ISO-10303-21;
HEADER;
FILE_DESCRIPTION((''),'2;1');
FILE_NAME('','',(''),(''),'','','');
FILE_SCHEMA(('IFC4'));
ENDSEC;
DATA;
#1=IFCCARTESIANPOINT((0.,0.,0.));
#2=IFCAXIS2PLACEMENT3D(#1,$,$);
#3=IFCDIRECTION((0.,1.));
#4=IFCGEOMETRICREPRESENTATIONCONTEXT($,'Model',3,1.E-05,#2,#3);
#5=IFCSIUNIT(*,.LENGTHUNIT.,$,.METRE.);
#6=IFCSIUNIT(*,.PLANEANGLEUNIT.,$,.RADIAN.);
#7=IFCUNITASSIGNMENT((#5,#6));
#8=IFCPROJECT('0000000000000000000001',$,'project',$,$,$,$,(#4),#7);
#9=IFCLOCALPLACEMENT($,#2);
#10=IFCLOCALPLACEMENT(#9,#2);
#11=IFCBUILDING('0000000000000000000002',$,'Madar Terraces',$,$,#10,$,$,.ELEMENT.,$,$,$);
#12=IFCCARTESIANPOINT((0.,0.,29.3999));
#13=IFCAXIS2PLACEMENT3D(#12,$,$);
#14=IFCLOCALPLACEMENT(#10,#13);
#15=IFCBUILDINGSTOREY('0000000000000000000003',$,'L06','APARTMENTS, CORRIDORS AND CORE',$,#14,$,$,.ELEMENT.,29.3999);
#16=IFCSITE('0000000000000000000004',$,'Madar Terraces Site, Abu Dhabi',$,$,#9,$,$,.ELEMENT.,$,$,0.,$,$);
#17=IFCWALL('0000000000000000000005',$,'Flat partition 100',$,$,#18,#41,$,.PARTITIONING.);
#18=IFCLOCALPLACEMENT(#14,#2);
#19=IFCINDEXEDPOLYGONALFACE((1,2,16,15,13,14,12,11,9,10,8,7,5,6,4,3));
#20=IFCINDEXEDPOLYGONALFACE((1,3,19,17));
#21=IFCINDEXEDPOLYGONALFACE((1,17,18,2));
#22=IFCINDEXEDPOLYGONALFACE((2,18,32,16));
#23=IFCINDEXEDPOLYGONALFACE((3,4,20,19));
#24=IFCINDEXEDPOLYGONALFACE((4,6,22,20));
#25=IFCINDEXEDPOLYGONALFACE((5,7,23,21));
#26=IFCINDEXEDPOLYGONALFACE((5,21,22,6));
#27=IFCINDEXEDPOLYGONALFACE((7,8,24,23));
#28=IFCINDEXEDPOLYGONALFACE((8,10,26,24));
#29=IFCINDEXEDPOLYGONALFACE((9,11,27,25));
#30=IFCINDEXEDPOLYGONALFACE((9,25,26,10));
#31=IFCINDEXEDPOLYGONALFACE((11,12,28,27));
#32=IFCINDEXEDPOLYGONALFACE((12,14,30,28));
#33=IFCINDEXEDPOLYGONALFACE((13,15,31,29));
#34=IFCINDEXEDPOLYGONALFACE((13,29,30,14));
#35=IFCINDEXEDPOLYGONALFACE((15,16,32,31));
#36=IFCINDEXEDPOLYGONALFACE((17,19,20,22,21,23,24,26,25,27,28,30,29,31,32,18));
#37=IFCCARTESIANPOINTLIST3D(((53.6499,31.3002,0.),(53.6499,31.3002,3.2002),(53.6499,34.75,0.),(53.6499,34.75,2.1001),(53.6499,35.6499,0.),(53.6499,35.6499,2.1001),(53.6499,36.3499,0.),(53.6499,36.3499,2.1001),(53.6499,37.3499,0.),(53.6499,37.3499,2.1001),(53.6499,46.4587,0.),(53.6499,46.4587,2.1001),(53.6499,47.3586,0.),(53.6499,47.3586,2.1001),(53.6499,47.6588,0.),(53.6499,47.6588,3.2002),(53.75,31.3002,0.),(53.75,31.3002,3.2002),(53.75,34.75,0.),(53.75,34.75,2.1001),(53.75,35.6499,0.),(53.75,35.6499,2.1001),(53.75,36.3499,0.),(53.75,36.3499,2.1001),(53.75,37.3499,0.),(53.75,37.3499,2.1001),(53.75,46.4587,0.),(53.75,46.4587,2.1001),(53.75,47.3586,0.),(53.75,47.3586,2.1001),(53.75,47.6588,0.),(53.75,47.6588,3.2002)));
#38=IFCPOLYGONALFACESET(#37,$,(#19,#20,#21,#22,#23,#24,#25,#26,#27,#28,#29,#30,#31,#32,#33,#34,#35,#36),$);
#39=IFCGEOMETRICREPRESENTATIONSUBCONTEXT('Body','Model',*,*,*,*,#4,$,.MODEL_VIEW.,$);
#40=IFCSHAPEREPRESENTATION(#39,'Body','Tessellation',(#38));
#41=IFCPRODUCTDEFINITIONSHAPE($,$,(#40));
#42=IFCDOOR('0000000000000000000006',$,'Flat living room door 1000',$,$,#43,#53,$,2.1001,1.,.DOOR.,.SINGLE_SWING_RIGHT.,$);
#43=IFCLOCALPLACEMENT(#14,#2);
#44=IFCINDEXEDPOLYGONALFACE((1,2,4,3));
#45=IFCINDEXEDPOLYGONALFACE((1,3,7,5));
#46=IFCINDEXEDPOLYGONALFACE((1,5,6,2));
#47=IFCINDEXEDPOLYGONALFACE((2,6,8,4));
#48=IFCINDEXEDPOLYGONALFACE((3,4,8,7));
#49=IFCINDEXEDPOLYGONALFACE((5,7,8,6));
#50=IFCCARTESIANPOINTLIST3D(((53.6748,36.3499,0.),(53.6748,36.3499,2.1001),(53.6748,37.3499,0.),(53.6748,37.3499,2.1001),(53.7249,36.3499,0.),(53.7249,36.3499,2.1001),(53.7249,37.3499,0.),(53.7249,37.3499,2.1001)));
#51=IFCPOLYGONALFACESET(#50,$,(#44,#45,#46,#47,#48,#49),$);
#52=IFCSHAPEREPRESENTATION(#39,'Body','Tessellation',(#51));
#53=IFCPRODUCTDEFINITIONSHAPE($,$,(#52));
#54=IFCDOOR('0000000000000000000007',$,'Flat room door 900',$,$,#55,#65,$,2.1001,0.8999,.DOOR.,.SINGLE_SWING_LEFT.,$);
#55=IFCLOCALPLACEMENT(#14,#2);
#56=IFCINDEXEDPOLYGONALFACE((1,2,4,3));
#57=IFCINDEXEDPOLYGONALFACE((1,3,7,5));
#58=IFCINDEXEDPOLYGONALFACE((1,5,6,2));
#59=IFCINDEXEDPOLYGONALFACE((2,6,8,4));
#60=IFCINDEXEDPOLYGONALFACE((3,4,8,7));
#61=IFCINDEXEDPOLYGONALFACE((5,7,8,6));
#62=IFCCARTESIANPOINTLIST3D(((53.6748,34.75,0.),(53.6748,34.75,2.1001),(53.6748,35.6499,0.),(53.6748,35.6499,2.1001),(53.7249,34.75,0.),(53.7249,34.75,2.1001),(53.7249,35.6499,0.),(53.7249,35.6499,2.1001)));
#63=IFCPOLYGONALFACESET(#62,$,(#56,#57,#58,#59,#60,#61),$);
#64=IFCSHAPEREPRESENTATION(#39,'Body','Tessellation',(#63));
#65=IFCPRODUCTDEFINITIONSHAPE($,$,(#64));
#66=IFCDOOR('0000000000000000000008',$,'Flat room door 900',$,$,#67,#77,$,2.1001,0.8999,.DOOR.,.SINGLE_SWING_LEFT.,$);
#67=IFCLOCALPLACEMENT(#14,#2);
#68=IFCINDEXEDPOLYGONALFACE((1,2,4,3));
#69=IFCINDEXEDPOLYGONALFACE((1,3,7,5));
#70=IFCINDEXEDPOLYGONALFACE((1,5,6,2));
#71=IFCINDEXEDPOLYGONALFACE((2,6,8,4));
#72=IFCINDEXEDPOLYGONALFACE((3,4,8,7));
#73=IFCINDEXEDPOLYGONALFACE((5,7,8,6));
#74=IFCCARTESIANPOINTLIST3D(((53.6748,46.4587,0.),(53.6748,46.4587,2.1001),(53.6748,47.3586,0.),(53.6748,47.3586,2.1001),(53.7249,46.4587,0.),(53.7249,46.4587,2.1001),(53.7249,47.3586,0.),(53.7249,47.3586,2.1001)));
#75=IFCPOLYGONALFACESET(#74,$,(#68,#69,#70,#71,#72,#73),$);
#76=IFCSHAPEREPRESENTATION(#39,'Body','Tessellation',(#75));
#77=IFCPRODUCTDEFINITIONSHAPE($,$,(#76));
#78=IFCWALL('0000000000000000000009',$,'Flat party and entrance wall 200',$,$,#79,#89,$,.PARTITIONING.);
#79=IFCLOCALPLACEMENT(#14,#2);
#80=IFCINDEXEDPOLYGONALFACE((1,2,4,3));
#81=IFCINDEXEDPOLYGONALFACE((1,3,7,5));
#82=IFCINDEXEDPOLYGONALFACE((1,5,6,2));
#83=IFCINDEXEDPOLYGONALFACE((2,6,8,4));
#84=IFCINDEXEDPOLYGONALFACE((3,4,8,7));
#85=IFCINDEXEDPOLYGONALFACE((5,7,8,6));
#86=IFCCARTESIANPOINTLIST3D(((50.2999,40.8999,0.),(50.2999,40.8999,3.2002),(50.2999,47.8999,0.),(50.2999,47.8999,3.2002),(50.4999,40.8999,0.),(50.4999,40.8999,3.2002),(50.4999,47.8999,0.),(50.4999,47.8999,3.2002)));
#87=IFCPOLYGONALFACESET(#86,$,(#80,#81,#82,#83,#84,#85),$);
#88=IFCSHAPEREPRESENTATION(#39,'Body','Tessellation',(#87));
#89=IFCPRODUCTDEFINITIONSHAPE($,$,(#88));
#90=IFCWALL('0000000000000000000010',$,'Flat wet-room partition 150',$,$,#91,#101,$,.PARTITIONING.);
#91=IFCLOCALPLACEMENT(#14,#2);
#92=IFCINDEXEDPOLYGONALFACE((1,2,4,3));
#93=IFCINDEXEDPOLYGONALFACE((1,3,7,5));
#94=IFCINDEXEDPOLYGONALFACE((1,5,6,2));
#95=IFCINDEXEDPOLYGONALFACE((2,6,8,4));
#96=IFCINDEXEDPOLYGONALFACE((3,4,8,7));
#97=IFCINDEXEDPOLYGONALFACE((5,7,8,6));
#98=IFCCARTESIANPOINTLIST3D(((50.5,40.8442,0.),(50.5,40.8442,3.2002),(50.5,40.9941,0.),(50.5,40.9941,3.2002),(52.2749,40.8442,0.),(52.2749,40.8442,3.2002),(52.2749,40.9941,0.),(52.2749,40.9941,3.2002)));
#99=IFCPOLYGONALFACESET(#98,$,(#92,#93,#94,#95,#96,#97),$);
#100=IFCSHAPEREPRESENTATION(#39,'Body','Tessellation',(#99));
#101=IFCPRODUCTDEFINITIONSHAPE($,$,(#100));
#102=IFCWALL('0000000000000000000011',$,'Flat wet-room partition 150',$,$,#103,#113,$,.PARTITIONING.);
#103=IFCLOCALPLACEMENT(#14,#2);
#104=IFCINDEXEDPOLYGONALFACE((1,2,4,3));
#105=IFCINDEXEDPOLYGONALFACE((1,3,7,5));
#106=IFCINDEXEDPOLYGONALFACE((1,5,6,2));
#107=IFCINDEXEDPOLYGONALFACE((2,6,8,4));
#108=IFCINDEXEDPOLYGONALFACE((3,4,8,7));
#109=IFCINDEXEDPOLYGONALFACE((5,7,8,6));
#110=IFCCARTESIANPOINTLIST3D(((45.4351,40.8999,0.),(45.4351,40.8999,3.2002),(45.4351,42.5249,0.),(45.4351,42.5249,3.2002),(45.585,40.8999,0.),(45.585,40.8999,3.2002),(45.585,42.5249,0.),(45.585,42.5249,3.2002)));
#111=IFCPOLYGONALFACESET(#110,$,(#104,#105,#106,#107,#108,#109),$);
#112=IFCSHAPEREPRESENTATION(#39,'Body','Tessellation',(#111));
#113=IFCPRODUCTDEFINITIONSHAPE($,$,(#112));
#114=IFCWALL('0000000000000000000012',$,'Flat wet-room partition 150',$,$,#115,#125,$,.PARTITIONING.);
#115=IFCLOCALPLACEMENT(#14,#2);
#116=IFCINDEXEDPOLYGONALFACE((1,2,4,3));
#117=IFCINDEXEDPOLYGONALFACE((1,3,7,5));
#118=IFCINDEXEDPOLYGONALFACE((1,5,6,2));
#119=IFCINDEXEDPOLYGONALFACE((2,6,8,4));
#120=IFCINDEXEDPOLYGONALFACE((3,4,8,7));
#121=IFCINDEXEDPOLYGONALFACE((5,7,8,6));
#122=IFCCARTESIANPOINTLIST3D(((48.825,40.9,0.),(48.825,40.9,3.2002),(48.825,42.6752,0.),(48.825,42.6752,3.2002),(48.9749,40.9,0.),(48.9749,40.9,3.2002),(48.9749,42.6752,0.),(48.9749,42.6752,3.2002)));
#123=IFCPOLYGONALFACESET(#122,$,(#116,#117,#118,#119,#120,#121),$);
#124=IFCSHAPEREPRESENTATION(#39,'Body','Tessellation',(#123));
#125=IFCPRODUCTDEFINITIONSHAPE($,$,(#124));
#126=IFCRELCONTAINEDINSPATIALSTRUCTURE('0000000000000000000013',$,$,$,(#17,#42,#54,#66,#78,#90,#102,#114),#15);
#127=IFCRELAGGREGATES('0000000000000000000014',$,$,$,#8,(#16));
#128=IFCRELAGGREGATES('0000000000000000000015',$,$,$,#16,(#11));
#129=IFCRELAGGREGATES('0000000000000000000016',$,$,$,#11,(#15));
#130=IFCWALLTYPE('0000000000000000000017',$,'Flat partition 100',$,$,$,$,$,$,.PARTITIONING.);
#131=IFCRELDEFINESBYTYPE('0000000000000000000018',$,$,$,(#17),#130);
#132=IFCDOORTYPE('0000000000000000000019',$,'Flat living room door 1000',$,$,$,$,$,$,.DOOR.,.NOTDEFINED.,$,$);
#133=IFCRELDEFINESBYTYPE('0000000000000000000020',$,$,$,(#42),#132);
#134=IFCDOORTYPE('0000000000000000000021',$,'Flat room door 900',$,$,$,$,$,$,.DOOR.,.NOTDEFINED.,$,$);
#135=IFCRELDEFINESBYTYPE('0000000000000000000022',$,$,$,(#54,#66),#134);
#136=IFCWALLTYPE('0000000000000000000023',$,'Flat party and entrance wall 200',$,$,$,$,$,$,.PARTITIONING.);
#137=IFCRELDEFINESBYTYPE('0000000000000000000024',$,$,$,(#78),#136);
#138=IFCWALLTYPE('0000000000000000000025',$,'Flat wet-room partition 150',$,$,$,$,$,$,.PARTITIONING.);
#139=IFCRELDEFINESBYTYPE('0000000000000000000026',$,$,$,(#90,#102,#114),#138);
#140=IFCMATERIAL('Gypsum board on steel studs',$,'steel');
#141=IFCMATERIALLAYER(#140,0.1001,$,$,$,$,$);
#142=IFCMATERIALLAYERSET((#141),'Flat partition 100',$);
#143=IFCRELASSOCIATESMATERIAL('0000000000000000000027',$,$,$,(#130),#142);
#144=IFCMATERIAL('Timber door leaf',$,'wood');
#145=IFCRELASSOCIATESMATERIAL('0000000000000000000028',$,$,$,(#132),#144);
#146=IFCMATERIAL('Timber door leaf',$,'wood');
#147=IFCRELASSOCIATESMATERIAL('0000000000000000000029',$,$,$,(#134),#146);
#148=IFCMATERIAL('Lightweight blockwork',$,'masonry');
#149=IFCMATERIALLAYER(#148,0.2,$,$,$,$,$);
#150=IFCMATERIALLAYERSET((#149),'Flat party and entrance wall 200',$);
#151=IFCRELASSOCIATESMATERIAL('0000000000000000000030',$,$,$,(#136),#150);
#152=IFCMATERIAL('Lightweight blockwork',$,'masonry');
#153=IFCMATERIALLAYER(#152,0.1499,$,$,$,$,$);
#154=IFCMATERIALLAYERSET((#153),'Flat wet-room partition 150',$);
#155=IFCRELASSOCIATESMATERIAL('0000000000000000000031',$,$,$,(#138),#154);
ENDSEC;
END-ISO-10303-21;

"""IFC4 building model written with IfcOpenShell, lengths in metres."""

from ifc_helpers import new_model, si_unit, direction, frame, frame_2d, origin, place, context, subcontext, project, spatial, rectangle, extrude, material, layer, layer_set, type_object, element, fill, save


model = new_model("IFC4")

# Units and contexts
model_context = context("Model", 3, precision=1e-05, world=origin(), true_north=direction((0.0, 1.0)))
body_context = subcontext(model_context, "Body", "Model", "MODEL_VIEW")
ifc_project = project(units=[si_unit("LENGTHUNIT", "METRE"), si_unit("PLANEANGLEUNIT", "RADIAN")], contexts=[model_context])

# Site, building, storey
site_placement = place(None, origin())
site = spatial("IfcSite", under=ifc_project, at=site_placement, Name="Madar Terraces Site, Abu Dhabi", CompositionType="ELEMENT", RefElevation=0.0)
building_placement = place(site_placement, origin())
building = spatial("IfcBuilding", under=site, at=building_placement, Name="Madar Terraces", CompositionType="ELEMENT")
storey_placement = place(building_placement, frame((0.0, 0.0, 29.3999)))
storey = spatial("IfcBuildingStorey", under=building, at=storey_placement, Name="L06", Description="APARTMENTS, CORRIDORS AND CORE", CompositionType="ELEMENT", Elevation=29.3999)

# Shared definitions
ifc_material_1 = material(Name="Gypsum board on steel studs", Category="steel")
ifc_layer_1 = layer(ifc_material_1, 0.1001)
ifc_layer_set_1 = layer_set([ifc_layer_1], Name="Flat partition 100")
wall_type_1 = type_object("IfcWallType", Name="Flat partition 100", PredefinedType="PARTITIONING", material=ifc_layer_set_1)

# Wall, openings, doors
wall_1_placement = place(storey_placement, frame((53.7, 47.6587, 0.0), z_axis=(0.0, 0.0, 1.0), x_axis=(0.0, -1.0, 0.0)))
wall_1 = element("IfcWall", 1, at=wall_1_placement, inside=storey, type_object=wall_type_1, Name="Flat partition 100", PredefinedType="PARTITIONING", context=body_context, shape_type="SweptSolid", body=[
    extrude(rectangle(XDim=16.3586, YDim=0.1001, at=frame_2d((8.1792, 0.0))), origin(), (0.0, 0.0, 1.0), 3.2002),
])
opening_1_placement = place(wall_1_placement, frame((12.0088, 0.0, 0.0)))
opening_1 = element("IfcOpeningElement", 2, at=opening_1_placement, cuts=wall_1, PredefinedType="OPENING", context=body_context, shape_type="SweptSolid", body=[
    extrude(rectangle(XDim=0.8999, YDim=2.1001, at=frame_2d((0.45, 1.05))), frame((0.0, 0.0601, 0.0), z_axis=(0.0, -1.0, 0.0), x_axis=(1.0, 0.0, 0.0)), (0.0, 0.0, 1.0), 0.1201),
])
opening_2_placement = place(wall_1_placement, frame((10.3088, 0.0, 0.0)))
opening_2 = element("IfcOpeningElement", 3, at=opening_2_placement, cuts=wall_1, PredefinedType="OPENING", context=body_context, shape_type="SweptSolid", body=[
    extrude(rectangle(XDim=1.0, YDim=2.1001, at=frame_2d((0.5, 1.05))), frame((0.0, 0.0601, 0.0), z_axis=(0.0, -1.0, 0.0), x_axis=(1.0, 0.0, 0.0)), (0.0, 0.0, 1.0), 0.1201),
])
opening_3_placement = place(wall_1_placement, frame((0.3, 0.0, 0.0)))
opening_3 = element("IfcOpeningElement", 4, at=opening_3_placement, cuts=wall_1, PredefinedType="OPENING", context=body_context, shape_type="SweptSolid", body=[
    extrude(rectangle(XDim=0.8999, YDim=2.1001, at=frame_2d((0.45, 1.05))), frame((0.0, 0.0601, 0.0), z_axis=(0.0, -1.0, 0.0), x_axis=(1.0, 0.0, 0.0)), (0.0, 0.0, 1.0), 0.1201),
])
ifc_material_2 = material(Name="Timber door leaf", Category="wood")
door_type_1 = type_object("IfcDoorType", Name="Flat living room door 1000", OperationType="NOTDEFINED", PredefinedType="DOOR", material=ifc_material_2)
door_1_placement = place(opening_2_placement, origin())
door_1 = element("IfcDoor", 5, at=door_1_placement, inside=storey, type_object=door_type_1, Name="Flat living room door 1000", OperationType="SINGLE_SWING_RIGHT", OverallHeight=2.1001, OverallWidth=1.0, PredefinedType="DOOR", context=body_context, shape_type="SweptSolid", body=[
    extrude(rectangle(XDim=1.0, YDim=2.1001, at=frame_2d((0.5, 1.05))), frame((0.0, 0.0249, 0.0), z_axis=(0.0, -1.0, 0.0), x_axis=(1.0, 0.0, 0.0)), (0.0, 0.0, 1.0), 0.05),
])
fill(opening_2, door_1)
ifc_material_3 = material(Name="Timber door leaf", Category="wood")
door_type_2 = type_object("IfcDoorType", Name="Flat room door 900", OperationType="NOTDEFINED", PredefinedType="DOOR", material=ifc_material_3)
door_2_placement = place(opening_1_placement, origin())
door_2 = element("IfcDoor", 6, at=door_2_placement, inside=storey, type_object=door_type_2, Name="Flat room door 900", OperationType="SINGLE_SWING_LEFT", OverallHeight=2.1001, OverallWidth=0.8999, PredefinedType="DOOR", context=body_context, shape_type="SweptSolid", body=[
    extrude(rectangle(XDim=0.8999, YDim=2.1001, at=frame_2d((0.45, 1.05))), frame((0.0, 0.0249, 0.0), z_axis=(0.0, -1.0, 0.0), x_axis=(1.0, 0.0, 0.0)), (0.0, 0.0, 1.0), 0.05),
])
fill(opening_1, door_2)
door_3_placement = place(opening_3_placement, origin())
door_3 = element("IfcDoor", 7, at=door_3_placement, inside=storey, type_object=door_type_2, Name="Flat room door 900", OperationType="SINGLE_SWING_LEFT", OverallHeight=2.1001, OverallWidth=0.8999, PredefinedType="DOOR", context=body_context, shape_type="SweptSolid", body=[
    extrude(rectangle(XDim=0.8999, YDim=2.1001, at=frame_2d((0.45, 1.05))), frame((0.0, 0.0249, 0.0), z_axis=(0.0, -1.0, 0.0), x_axis=(1.0, 0.0, 0.0)), (0.0, 0.0, 1.0), 0.05),
])
fill(opening_3, door_3)

# Walls
ifc_material_4 = material(Name="Lightweight blockwork", Category="masonry")
ifc_layer_2 = layer(ifc_material_4, 0.2)
ifc_layer_set_2 = layer_set([ifc_layer_2], Name="Flat party and entrance wall 200")
wall_type_2 = type_object("IfcWallType", Name="Flat party and entrance wall 200", PredefinedType="PARTITIONING", material=ifc_layer_set_2)
wall_2_placement = place(storey_placement, frame((50.3999, 40.8999, 0.0), z_axis=(0.0, 0.0, 1.0), x_axis=(0.0, 1.0, 0.0)))
element("IfcWall", 8, at=wall_2_placement, inside=storey, type_object=wall_type_2, Name="Flat party and entrance wall 200", PredefinedType="PARTITIONING", context=body_context, shape_type="SweptSolid", body=[
    extrude(rectangle(XDim=7.0, YDim=0.2, at=frame_2d((3.5, 0.0))), origin(), (0.0, 0.0, 1.0), 3.2002),
])
ifc_material_5 = material(Name="Lightweight blockwork", Category="masonry")
ifc_layer_3 = layer(ifc_material_5, 0.1499)
ifc_layer_set_3 = layer_set([ifc_layer_3], Name="Flat wet-room partition 150")
wall_type_3 = type_object("IfcWallType", Name="Flat wet-room partition 150", PredefinedType="PARTITIONING", material=ifc_layer_set_3)
wall_3_placement = place(storey_placement, frame((50.5, 40.9192, 0.0), z_axis=(0.0, 0.0, 1.0), x_axis=(1.0, 0.0, 0.0)))
element("IfcWall", 9, at=wall_3_placement, inside=storey, type_object=wall_type_3, Name="Flat wet-room partition 150", PredefinedType="PARTITIONING", context=body_context, shape_type="SweptSolid", body=[
    extrude(rectangle(XDim=1.7749, YDim=0.1499, at=frame_2d((0.8875, 0.0))), origin(), (0.0, 0.0, 1.0), 3.2002),
])
wall_4_placement = place(storey_placement, frame((45.51, 40.8999, 0.0), z_axis=(0.0, 0.0, 1.0), x_axis=(0.0, 1.0, 0.0)))
element("IfcWall", 10, at=wall_4_placement, inside=storey, type_object=wall_type_3, Name="Flat wet-room partition 150", PredefinedType="PARTITIONING", context=body_context, shape_type="SweptSolid", body=[
    extrude(rectangle(XDim=1.625, YDim=0.1499, at=frame_2d((0.8125, 0.0))), origin(), (0.0, 0.0, 1.0), 3.2002),
])
wall_5_placement = place(storey_placement, frame((48.8999, 40.8999, 0.0), z_axis=(0.0, 0.0, 1.0), x_axis=(0.0, 1.0, 0.0)))
element("IfcWall", 11, at=wall_5_placement, inside=storey, type_object=wall_type_3, Name="Flat wet-room partition 150", PredefinedType="PARTITIONING", context=body_context, shape_type="SweptSolid", body=[
    extrude(rectangle(XDim=1.7751, YDim=0.1499, at=frame_2d((0.8877, 0.0))), origin(), (0.0, 0.0, 1.0), 3.2002),
])

save(model, "model.ifc")
